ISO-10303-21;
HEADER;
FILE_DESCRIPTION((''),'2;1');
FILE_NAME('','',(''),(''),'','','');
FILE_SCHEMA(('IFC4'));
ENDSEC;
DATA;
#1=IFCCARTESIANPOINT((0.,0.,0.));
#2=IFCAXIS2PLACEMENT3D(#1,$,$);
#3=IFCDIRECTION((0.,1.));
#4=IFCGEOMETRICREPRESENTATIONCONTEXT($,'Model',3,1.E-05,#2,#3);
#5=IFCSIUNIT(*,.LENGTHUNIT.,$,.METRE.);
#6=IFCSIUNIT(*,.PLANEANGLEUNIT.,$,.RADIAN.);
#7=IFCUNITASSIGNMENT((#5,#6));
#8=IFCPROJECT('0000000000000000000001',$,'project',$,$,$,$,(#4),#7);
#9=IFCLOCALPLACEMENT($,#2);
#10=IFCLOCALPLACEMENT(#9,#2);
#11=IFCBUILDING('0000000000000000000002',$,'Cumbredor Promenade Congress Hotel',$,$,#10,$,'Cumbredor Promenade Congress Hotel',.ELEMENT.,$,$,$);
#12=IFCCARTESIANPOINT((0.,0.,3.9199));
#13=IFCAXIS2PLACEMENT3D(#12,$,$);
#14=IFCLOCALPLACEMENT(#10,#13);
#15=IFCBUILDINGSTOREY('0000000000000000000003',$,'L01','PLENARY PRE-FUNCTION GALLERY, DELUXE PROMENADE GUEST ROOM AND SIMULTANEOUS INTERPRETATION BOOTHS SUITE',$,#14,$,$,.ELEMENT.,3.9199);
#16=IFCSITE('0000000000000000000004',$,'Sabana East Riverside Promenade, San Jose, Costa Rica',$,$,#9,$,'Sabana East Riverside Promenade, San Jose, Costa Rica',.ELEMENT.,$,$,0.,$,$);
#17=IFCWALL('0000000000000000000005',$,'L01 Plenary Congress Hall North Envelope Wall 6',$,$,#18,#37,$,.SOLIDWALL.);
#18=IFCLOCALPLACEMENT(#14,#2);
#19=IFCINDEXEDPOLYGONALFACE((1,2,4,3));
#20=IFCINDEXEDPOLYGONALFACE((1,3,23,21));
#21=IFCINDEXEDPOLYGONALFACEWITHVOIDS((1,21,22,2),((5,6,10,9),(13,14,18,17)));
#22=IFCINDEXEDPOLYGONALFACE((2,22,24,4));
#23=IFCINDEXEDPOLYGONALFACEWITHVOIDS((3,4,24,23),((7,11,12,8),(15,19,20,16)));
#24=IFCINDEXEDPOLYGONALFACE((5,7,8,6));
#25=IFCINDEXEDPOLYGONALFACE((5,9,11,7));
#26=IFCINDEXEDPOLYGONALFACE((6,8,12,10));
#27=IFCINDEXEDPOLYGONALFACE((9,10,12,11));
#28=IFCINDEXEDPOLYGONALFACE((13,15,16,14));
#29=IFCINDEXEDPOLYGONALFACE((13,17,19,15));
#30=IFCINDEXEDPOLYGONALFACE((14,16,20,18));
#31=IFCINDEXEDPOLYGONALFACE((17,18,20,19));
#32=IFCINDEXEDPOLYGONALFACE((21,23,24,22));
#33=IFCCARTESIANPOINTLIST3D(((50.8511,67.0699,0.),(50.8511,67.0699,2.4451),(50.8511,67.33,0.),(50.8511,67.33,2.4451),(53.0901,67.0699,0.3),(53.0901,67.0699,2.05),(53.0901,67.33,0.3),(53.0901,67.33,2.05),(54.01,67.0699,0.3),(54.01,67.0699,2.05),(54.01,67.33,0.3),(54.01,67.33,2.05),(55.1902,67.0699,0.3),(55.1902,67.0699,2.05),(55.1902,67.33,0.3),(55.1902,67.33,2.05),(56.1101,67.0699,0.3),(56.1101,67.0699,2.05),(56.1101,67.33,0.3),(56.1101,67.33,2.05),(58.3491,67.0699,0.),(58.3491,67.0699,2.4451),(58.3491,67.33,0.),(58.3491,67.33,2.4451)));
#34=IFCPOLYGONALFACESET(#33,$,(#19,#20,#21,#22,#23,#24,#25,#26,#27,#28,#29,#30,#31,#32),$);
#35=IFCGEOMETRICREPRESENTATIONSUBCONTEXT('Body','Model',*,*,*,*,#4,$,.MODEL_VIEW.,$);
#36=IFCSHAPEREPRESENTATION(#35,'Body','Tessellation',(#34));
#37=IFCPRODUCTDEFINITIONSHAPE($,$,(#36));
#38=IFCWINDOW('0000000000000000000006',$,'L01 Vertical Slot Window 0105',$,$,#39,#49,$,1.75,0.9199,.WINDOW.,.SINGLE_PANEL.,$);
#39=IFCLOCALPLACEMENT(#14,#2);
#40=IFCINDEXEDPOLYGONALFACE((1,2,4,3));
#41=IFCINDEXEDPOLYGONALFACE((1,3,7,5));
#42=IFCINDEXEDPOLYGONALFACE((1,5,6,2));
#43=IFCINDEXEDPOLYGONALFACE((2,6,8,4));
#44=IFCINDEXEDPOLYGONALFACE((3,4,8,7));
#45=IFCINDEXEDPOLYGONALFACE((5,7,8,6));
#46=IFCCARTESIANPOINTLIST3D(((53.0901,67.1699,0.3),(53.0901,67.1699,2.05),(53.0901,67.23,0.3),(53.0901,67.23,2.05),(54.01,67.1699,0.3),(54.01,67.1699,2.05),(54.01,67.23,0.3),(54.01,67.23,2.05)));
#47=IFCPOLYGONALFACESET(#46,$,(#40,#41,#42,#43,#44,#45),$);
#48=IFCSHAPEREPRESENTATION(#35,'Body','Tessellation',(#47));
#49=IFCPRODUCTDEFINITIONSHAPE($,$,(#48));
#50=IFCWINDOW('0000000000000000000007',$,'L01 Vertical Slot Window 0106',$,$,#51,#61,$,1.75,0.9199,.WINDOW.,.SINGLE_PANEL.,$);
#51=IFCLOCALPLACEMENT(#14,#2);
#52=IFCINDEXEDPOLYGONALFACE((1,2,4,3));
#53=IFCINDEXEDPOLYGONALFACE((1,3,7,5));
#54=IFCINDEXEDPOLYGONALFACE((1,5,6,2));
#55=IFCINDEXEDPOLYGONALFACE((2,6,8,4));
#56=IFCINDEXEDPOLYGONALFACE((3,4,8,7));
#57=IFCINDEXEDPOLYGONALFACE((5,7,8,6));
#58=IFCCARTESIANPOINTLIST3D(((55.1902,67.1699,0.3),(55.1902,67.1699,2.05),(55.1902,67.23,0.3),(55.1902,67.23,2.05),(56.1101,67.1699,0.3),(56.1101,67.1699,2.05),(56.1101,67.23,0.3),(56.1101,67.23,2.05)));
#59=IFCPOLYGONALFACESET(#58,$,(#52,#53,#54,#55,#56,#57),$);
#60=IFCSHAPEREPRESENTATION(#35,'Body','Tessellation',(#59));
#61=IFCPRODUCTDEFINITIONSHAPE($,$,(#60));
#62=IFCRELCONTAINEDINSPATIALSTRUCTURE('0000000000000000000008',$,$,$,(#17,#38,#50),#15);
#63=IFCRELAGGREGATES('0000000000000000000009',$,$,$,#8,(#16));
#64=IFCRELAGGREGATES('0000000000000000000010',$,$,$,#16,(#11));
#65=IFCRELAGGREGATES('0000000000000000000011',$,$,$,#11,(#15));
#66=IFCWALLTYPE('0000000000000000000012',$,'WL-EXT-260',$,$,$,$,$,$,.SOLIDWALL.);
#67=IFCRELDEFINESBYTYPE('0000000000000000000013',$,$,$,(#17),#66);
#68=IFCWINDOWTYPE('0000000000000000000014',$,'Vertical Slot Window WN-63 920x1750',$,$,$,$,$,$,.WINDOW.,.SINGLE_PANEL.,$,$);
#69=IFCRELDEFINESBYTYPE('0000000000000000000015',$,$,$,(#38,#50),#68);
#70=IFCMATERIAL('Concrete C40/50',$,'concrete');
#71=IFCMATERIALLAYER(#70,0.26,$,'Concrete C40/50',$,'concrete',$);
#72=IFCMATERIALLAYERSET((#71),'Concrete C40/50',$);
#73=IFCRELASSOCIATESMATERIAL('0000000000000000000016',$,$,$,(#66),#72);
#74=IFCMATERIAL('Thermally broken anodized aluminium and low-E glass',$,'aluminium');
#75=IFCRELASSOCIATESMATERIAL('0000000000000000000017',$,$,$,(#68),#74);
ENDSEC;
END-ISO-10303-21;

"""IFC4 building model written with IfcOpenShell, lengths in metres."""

from ifc_helpers import new_model, si_unit, direction, frame, frame_2d, origin, place, context, subcontext, project, spatial, rectangle, extrude, material, layer, layer_set, type_object, element, fill, save


model = new_model("IFC4")

# Units and contexts
model_context = context("Model", 3, precision=1e-05, world=origin(), true_north=direction((0.0, 1.0)))
body_context = subcontext(model_context, "Body", "Model", "MODEL_VIEW")
ifc_project = project(units=[si_unit("LENGTHUNIT", "METRE"), si_unit("PLANEANGLEUNIT", "RADIAN")], contexts=[model_context])

# Site, building, storey
site_placement = place(None, origin())
site = spatial("IfcSite", under=ifc_project, at=site_placement, Name="Sabana East Riverside Promenade, San Jose, Costa Rica", LongName="Sabana East Riverside Promenade, San Jose, Costa Rica", CompositionType="ELEMENT", RefElevation=0.0)
building_placement = place(site_placement, origin())
building = spatial("IfcBuilding", under=site, at=building_placement, Name="Cumbredor Promenade Congress Hotel", LongName="Cumbredor Promenade Congress Hotel", CompositionType="ELEMENT")
storey_placement = place(building_placement, frame((0.0, 0.0, 3.9199)))
storey = spatial("IfcBuildingStorey", under=building, at=storey_placement, Name="L01", Description="PLENARY PRE-FUNCTION GALLERY, DELUXE PROMENADE GUEST ROOM AND SIMULTANEOUS INTERPRETATION BOOTHS SUITE", CompositionType="ELEMENT", Elevation=3.9199)

# Shared definitions
ifc_material_1 = material(Name="Thermally broken anodized aluminium and low-E glass", Category="aluminium")

# Shared definitions
ifc_material_2 = material(Name="Concrete C40/50", Category="concrete")

# Wall, openings, windows
ifc_layer_1 = layer(ifc_material_2, 0.26, Name="Concrete C40/50", Category="concrete")
ifc_layer_set_1 = layer_set([ifc_layer_1], Name="Concrete C40/50")
wall_type = type_object("IfcWallType", Name="WL-EXT-260", PredefinedType="SOLIDWALL", material=ifc_layer_set_1)
wall_placement = place(storey_placement, frame((50.8511, 67.2, 0.0), z_axis=(0.0, 0.0, 1.0), x_axis=(1.0, 0.0, 0.0)))
wall = element("IfcWall", 1, at=wall_placement, inside=storey, type_object=wall_type, Name="L01 Plenary Congress Hall North Envelope Wall 6", PredefinedType="SOLIDWALL", context=body_context, shape_type="SweptSolid", body=[
    extrude(rectangle(XDim=7.498, YDim=0.26, at=frame_2d((3.749, 0.0))), origin(), (0.0, 0.0, 1.0), 2.4451),
])
opening_1_placement = place(wall_placement, frame((2.239, 0.0, 0.3)))
opening_1 = element("IfcOpeningElement", 2, at=opening_1_placement, cuts=wall, PredefinedType="OPENING", context=body_context, shape_type="SweptSolid", body=[
    extrude(rectangle(XDim=0.9199, YDim=1.75, at=frame_2d((0.46, 0.875))), frame((0.0, 0.1401, 0.0), z_axis=(0.0, -1.0, 0.0), x_axis=(1.0, 0.0, 0.0)), (0.0, 0.0, 1.0), 0.28),
])
opening_2_placement = place(wall_placement, frame((4.3391, 0.0, 0.3)))
opening_2 = element("IfcOpeningElement", 3, at=opening_2_placement, cuts=wall, PredefinedType="OPENING", context=body_context, shape_type="SweptSolid", body=[
    extrude(rectangle(XDim=0.9199, YDim=1.75, at=frame_2d((0.46, 0.875))), frame((0.0, 0.1401, 0.0), z_axis=(0.0, -1.0, 0.0), x_axis=(1.0, 0.0, 0.0)), (0.0, 0.0, 1.0), 0.28),
])
window_type = type_object("IfcWindowType", Name="Vertical Slot Window WN-63 920x1750", PartitioningType="SINGLE_PANEL", PredefinedType="WINDOW", material=ifc_material_1)
window_1_placement = place(opening_1_placement, origin())
window_1 = element("IfcWindow", 4, at=window_1_placement, inside=storey, type_object=window_type, Name="L01 Vertical Slot Window 0105", OverallHeight=1.75, OverallWidth=0.9199, PartitioningType="SINGLE_PANEL", PredefinedType="WINDOW", context=body_context, shape_type="SweptSolid", body=[
    extrude(rectangle(XDim=0.9199, YDim=1.75, at=frame_2d((0.46, 0.875))), frame((0.0, 0.03, 0.0), z_axis=(0.0, -1.0, 0.0), x_axis=(1.0, 0.0, 0.0)), (0.0, 0.0, 1.0), 0.0601),
])
fill(opening_1, window_1)
window_2_placement = place(opening_2_placement, origin())
window_2 = element("IfcWindow", 5, at=window_2_placement, inside=storey, type_object=window_type, Name="L01 Vertical Slot Window 0106", OverallHeight=1.75, OverallWidth=0.9199, PartitioningType="SINGLE_PANEL", PredefinedType="WINDOW", context=body_context, shape_type="SweptSolid", body=[
    extrude(rectangle(XDim=0.9199, YDim=1.75, at=frame_2d((0.46, 0.875))), frame((0.0, 0.03, 0.0), z_axis=(0.0, -1.0, 0.0), x_axis=(1.0, 0.0, 0.0)), (0.0, 0.0, 1.0), 0.0601),
])
fill(opening_2, window_2)

save(model, "model.ifc")
